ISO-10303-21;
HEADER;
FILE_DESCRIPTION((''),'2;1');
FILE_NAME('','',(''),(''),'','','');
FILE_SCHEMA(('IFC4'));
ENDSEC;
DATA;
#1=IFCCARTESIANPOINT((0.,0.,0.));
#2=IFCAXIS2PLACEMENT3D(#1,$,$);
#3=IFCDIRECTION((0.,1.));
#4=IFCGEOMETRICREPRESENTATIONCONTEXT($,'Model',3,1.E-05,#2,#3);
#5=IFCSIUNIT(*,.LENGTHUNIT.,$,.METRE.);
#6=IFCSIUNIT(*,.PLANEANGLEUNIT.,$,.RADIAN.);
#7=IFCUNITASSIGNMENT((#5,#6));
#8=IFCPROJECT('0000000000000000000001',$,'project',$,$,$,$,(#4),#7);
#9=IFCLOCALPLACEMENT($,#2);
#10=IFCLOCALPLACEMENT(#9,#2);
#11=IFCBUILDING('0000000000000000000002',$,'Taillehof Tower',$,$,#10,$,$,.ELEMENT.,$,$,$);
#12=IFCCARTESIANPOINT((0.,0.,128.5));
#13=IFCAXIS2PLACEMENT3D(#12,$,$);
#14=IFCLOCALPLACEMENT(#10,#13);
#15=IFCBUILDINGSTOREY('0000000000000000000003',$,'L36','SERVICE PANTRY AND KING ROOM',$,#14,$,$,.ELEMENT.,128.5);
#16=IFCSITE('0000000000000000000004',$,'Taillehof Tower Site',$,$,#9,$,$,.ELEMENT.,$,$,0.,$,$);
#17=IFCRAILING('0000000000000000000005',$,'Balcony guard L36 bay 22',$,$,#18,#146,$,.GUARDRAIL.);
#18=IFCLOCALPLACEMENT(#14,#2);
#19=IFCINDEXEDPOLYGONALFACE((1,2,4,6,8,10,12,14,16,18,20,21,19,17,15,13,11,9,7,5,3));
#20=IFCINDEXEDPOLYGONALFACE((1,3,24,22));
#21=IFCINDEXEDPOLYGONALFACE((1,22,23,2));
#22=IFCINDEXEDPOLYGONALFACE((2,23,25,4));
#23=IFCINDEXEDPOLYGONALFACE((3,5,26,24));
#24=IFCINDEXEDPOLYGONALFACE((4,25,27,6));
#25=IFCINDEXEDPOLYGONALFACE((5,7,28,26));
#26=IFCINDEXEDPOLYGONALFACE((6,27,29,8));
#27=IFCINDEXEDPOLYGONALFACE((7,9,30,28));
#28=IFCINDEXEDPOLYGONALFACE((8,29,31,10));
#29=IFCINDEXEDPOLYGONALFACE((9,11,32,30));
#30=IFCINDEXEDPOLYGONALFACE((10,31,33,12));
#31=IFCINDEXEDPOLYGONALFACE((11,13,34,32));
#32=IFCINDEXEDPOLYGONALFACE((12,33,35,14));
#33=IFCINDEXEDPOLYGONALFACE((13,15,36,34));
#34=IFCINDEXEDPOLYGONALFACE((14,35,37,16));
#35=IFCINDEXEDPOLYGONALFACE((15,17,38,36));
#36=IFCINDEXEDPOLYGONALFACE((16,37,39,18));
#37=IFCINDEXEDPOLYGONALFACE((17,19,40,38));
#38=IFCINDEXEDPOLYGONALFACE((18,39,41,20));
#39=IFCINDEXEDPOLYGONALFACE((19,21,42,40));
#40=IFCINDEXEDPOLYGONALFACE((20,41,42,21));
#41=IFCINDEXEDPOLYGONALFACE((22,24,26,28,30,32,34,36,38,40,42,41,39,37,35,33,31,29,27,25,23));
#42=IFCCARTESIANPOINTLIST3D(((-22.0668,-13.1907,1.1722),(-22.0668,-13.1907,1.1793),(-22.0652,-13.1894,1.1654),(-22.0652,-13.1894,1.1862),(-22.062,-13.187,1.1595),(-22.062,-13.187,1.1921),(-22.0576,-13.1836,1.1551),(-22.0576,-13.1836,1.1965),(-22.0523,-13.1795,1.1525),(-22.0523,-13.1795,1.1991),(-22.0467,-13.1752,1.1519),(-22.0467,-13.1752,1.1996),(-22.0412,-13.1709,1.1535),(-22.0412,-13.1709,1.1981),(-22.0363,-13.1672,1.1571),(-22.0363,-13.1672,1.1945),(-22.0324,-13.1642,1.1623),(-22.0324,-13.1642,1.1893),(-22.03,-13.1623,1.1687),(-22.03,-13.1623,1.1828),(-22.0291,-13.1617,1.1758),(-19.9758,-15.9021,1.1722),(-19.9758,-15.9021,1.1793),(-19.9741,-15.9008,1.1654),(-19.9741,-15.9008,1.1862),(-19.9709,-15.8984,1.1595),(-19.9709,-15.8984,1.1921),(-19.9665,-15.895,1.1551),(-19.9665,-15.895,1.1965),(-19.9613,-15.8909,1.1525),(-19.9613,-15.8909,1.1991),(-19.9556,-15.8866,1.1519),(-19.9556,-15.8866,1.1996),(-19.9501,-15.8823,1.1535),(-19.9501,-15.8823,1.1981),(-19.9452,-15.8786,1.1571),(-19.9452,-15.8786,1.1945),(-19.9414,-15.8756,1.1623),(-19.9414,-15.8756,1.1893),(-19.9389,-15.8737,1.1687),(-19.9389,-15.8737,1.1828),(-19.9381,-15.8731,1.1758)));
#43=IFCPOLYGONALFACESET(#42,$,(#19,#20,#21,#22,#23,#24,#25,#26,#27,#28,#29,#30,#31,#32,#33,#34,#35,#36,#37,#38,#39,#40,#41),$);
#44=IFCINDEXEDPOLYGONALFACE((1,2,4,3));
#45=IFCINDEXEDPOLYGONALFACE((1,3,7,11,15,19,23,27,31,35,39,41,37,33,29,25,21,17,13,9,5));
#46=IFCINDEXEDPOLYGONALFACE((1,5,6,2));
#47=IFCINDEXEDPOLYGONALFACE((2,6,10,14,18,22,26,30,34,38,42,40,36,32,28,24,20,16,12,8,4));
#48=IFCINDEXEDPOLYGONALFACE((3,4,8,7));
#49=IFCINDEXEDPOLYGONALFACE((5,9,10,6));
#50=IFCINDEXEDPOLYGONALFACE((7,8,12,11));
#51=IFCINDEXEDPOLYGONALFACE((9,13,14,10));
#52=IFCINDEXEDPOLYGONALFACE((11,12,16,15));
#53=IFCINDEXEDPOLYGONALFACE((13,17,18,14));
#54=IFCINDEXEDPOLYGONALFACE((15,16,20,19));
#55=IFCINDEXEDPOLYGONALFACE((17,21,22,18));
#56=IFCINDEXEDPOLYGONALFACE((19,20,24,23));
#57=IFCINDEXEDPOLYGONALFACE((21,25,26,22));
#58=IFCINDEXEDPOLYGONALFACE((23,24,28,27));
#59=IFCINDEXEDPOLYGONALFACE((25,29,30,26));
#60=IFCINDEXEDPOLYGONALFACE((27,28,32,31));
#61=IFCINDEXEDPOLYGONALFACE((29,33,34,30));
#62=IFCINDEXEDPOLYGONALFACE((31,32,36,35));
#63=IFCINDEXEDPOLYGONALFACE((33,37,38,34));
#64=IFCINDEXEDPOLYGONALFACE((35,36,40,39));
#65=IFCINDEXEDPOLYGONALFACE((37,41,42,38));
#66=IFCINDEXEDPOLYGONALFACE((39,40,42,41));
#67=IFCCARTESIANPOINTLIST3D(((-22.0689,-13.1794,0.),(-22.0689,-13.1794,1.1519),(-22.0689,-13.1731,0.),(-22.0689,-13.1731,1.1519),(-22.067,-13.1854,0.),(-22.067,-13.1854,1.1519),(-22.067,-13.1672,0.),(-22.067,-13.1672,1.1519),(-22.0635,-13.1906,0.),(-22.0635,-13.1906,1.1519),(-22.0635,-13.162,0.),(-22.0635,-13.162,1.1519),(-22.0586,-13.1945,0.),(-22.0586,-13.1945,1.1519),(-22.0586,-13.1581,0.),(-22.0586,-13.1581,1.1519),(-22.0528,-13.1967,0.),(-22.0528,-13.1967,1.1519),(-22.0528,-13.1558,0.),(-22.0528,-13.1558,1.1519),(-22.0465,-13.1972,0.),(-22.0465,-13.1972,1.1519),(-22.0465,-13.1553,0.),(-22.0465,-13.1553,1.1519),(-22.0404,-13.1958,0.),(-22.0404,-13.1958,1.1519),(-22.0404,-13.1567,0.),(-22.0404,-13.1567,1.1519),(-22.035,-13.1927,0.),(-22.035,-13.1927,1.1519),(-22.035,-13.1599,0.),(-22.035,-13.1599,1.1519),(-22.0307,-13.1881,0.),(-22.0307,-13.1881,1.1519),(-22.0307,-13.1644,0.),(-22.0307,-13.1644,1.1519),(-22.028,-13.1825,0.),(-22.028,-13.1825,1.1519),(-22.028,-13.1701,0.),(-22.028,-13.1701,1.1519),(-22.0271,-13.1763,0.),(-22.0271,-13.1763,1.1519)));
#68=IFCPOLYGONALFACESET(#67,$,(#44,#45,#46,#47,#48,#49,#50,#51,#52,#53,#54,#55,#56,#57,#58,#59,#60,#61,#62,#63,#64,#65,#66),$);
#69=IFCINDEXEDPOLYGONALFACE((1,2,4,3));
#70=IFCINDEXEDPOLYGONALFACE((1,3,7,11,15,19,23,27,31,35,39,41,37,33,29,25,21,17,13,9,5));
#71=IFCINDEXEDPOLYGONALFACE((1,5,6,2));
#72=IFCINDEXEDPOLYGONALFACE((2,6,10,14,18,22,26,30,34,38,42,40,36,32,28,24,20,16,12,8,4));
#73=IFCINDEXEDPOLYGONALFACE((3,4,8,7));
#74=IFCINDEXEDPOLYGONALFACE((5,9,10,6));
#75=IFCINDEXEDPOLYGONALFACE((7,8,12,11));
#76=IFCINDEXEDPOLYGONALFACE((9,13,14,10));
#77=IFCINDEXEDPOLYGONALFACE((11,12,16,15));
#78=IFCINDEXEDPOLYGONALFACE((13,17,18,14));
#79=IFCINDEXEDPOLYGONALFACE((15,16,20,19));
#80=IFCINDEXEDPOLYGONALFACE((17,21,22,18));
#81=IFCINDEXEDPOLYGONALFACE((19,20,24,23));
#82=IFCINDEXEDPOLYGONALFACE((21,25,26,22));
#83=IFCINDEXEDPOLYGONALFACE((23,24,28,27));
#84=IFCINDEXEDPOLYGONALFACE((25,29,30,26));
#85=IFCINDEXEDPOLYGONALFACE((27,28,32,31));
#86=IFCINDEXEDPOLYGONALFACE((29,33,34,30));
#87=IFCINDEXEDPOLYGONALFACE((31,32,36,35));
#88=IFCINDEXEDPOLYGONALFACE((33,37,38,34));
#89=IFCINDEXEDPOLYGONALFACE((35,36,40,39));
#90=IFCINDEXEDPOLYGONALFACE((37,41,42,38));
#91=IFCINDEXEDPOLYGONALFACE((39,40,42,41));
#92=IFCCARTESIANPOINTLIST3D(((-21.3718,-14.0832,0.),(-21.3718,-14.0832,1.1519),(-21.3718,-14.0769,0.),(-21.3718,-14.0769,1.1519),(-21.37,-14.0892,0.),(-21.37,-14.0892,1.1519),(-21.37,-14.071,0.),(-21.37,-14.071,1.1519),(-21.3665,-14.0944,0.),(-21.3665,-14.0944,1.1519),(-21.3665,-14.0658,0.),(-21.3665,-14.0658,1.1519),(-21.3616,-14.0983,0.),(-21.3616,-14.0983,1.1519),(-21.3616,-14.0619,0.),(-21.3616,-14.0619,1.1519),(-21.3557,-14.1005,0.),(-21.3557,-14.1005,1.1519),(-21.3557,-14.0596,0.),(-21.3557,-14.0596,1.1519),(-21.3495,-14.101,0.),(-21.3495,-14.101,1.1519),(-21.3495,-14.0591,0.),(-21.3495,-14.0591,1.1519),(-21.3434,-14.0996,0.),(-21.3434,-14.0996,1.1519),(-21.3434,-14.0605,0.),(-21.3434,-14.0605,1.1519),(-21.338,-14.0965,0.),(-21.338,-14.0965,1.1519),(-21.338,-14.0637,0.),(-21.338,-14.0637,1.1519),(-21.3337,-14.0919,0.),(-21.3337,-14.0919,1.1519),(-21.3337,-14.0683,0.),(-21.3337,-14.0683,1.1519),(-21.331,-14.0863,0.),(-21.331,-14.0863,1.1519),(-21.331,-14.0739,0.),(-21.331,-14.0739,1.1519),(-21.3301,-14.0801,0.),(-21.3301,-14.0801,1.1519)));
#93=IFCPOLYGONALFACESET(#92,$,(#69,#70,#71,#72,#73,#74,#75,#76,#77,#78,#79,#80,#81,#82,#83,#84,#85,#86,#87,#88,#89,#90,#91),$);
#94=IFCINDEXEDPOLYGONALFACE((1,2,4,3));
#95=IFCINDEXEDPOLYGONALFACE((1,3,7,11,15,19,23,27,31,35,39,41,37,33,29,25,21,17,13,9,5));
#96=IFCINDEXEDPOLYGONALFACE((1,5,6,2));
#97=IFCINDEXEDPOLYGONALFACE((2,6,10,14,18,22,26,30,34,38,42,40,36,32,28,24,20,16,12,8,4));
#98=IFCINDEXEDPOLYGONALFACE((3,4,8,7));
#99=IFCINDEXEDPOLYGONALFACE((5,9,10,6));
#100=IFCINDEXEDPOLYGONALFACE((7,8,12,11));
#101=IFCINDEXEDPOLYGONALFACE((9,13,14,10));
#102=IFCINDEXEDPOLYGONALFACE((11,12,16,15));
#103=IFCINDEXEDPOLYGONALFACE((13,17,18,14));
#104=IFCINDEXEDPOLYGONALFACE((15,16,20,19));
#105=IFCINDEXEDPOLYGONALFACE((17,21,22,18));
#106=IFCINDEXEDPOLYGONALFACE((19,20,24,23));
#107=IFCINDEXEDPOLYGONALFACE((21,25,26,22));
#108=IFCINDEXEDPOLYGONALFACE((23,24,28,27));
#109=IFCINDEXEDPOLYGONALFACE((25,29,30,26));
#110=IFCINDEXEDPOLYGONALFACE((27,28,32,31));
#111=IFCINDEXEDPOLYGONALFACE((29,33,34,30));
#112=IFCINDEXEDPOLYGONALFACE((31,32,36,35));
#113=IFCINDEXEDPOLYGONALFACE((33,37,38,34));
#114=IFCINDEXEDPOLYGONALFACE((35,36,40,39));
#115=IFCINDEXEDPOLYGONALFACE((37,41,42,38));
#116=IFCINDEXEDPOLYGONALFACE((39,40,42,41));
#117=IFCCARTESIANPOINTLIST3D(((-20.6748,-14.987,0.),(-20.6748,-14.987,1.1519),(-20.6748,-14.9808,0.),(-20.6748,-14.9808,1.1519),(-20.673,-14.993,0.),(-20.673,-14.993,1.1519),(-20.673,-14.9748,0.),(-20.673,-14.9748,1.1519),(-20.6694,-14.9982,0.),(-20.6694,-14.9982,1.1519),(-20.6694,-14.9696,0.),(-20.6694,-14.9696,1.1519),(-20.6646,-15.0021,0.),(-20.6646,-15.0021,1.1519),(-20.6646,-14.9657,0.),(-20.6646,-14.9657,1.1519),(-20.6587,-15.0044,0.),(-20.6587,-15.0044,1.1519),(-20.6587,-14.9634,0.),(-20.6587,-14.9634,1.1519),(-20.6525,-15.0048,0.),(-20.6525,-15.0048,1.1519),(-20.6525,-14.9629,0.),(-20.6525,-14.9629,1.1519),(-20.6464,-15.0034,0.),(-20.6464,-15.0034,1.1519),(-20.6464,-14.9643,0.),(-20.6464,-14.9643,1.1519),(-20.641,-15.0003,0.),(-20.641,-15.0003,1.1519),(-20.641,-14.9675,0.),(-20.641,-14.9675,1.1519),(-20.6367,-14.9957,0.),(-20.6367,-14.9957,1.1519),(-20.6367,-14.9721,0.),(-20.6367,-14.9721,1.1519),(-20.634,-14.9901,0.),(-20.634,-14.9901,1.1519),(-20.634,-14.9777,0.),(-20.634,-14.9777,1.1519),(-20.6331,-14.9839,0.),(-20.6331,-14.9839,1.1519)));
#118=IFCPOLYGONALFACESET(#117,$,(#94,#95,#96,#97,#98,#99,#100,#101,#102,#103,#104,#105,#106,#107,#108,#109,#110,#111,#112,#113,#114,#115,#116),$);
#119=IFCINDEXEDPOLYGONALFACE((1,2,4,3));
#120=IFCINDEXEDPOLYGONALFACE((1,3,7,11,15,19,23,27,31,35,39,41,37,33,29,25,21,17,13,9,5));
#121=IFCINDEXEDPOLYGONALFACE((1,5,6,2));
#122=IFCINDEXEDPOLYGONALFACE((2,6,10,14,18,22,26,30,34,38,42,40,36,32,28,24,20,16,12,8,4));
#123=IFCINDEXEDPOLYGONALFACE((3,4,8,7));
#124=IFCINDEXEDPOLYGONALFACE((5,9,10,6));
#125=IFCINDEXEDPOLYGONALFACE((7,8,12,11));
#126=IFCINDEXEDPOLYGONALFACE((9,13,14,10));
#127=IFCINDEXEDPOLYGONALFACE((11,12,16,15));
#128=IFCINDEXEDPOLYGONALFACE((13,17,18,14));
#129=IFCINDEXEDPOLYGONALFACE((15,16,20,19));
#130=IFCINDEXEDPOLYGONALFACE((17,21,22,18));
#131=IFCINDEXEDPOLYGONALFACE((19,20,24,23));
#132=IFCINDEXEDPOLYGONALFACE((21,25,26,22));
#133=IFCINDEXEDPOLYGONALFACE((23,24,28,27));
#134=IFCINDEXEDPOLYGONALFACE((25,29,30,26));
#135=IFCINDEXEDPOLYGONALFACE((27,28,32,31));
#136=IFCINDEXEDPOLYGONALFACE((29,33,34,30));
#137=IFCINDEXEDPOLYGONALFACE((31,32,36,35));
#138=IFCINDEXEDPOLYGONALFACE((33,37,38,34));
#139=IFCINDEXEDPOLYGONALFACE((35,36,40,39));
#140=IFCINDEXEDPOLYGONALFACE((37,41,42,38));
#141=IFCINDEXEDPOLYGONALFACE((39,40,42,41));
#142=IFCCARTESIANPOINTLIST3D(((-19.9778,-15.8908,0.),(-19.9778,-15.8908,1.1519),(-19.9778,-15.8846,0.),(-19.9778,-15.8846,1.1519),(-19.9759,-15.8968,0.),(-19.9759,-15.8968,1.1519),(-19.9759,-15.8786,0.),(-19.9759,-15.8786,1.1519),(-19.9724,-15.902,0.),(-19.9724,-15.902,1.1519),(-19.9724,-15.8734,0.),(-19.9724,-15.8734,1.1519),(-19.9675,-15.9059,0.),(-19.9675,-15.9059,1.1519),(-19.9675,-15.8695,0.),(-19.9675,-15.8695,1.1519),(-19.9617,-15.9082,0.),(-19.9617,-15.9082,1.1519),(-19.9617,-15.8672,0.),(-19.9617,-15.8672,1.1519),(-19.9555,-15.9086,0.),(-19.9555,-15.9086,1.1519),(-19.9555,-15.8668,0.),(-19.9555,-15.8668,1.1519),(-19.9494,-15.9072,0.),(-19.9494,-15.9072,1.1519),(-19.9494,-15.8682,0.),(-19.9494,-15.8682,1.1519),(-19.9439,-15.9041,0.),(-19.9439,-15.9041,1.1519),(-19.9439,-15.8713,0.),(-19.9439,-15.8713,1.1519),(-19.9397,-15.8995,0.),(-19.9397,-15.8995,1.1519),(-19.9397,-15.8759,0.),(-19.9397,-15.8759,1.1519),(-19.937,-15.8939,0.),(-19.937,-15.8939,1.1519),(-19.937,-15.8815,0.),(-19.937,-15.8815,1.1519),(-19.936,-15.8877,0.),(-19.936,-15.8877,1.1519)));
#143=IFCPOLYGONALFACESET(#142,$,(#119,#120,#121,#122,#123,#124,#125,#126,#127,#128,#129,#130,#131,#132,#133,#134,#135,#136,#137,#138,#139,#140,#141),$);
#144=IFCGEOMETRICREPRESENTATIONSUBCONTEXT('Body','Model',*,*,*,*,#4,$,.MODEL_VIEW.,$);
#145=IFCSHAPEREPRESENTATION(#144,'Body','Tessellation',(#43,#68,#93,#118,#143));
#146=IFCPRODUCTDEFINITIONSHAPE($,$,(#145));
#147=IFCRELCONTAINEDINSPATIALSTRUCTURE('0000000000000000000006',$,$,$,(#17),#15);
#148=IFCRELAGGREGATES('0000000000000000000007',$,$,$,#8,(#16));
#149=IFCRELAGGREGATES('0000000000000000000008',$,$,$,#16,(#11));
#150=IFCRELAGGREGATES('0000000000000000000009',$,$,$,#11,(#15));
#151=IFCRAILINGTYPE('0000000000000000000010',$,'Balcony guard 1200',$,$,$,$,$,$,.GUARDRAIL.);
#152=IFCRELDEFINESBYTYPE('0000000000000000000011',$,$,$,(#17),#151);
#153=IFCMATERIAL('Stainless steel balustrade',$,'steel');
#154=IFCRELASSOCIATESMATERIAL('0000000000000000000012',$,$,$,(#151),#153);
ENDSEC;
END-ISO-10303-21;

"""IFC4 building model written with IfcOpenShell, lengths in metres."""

from ifc_helpers import new_model, si_unit, direction, frame, origin, origin_2d, place, context, subcontext, project, spatial, circle, extrude, material, type_object, element, save


model = new_model("IFC4")

# Units and contexts
model_context = context("Model", 3, precision=1e-05, world=origin(), true_north=direction((0.0, 1.0)))
body_context = subcontext(model_context, "Body", "Model", "MODEL_VIEW")
ifc_project = project(units=[si_unit("LENGTHUNIT", "METRE"), si_unit("PLANEANGLEUNIT", "RADIAN")], contexts=[model_context])

# Site, building, storey
site_placement = place(None, origin())
site = spatial("IfcSite", under=ifc_project, at=site_placement, Name="Taillehof Tower Site", CompositionType="ELEMENT", RefElevation=0.0)
building_placement = place(site_placement, origin())
building = spatial("IfcBuilding", under=site, at=building_placement, Name="Taillehof Tower", CompositionType="ELEMENT")
storey_placement = place(building_placement, frame((0.0, 0.0, 128.5)))
storey = spatial("IfcBuildingStorey", under=building, at=storey_placement, Name="L36", Description="SERVICE PANTRY AND KING ROOM", CompositionType="ELEMENT", Elevation=128.5)

# Railing
ifc_material_1 = material(Name="Stainless steel balustrade", Category="steel")
railing_type = type_object("IfcRailingType", Name="Balcony guard 1200", PredefinedType="GUARDRAIL", material=ifc_material_1)
railing_1_placement = place(storey_placement, frame((-22.0481, -13.1763, 0.0)))
element("IfcRailing", 1, at=railing_1_placement, inside=storey, type_object=railing_type, Name="Balcony guard L36 bay 22", PredefinedType="GUARDRAIL", context=body_context, shape_type="SweptSolid", body=[
    extrude(circle(Radius=0.0239, at=origin_2d()), frame((0.0, 0.0, 1.1758), z_axis=(0.610692, -0.791868, 0.0), x_axis=(0.791868, 0.610692, 0.0)), (0.0, 0.0, 1.0), 3.4241),
    extrude(circle(Radius=0.021, at=origin_2d()), origin(), (0.0, 0.0, 1.0), 1.1519),
    extrude(circle(Radius=0.021, at=origin_2d()), frame((0.697, -0.9038, 0.0)), (0.0, 0.0, 1.0), 1.1519),
    extrude(circle(Radius=0.021, at=origin_2d()), frame((1.394, -1.8076, 0.0)), (0.0, 0.0, 1.0), 1.1519),
    extrude(circle(Radius=0.021, at=origin_2d()), frame((2.0911, -2.7114, 0.0)), (0.0, 0.0, 1.0), 1.1519),
])

save(model, "model.ifc")
